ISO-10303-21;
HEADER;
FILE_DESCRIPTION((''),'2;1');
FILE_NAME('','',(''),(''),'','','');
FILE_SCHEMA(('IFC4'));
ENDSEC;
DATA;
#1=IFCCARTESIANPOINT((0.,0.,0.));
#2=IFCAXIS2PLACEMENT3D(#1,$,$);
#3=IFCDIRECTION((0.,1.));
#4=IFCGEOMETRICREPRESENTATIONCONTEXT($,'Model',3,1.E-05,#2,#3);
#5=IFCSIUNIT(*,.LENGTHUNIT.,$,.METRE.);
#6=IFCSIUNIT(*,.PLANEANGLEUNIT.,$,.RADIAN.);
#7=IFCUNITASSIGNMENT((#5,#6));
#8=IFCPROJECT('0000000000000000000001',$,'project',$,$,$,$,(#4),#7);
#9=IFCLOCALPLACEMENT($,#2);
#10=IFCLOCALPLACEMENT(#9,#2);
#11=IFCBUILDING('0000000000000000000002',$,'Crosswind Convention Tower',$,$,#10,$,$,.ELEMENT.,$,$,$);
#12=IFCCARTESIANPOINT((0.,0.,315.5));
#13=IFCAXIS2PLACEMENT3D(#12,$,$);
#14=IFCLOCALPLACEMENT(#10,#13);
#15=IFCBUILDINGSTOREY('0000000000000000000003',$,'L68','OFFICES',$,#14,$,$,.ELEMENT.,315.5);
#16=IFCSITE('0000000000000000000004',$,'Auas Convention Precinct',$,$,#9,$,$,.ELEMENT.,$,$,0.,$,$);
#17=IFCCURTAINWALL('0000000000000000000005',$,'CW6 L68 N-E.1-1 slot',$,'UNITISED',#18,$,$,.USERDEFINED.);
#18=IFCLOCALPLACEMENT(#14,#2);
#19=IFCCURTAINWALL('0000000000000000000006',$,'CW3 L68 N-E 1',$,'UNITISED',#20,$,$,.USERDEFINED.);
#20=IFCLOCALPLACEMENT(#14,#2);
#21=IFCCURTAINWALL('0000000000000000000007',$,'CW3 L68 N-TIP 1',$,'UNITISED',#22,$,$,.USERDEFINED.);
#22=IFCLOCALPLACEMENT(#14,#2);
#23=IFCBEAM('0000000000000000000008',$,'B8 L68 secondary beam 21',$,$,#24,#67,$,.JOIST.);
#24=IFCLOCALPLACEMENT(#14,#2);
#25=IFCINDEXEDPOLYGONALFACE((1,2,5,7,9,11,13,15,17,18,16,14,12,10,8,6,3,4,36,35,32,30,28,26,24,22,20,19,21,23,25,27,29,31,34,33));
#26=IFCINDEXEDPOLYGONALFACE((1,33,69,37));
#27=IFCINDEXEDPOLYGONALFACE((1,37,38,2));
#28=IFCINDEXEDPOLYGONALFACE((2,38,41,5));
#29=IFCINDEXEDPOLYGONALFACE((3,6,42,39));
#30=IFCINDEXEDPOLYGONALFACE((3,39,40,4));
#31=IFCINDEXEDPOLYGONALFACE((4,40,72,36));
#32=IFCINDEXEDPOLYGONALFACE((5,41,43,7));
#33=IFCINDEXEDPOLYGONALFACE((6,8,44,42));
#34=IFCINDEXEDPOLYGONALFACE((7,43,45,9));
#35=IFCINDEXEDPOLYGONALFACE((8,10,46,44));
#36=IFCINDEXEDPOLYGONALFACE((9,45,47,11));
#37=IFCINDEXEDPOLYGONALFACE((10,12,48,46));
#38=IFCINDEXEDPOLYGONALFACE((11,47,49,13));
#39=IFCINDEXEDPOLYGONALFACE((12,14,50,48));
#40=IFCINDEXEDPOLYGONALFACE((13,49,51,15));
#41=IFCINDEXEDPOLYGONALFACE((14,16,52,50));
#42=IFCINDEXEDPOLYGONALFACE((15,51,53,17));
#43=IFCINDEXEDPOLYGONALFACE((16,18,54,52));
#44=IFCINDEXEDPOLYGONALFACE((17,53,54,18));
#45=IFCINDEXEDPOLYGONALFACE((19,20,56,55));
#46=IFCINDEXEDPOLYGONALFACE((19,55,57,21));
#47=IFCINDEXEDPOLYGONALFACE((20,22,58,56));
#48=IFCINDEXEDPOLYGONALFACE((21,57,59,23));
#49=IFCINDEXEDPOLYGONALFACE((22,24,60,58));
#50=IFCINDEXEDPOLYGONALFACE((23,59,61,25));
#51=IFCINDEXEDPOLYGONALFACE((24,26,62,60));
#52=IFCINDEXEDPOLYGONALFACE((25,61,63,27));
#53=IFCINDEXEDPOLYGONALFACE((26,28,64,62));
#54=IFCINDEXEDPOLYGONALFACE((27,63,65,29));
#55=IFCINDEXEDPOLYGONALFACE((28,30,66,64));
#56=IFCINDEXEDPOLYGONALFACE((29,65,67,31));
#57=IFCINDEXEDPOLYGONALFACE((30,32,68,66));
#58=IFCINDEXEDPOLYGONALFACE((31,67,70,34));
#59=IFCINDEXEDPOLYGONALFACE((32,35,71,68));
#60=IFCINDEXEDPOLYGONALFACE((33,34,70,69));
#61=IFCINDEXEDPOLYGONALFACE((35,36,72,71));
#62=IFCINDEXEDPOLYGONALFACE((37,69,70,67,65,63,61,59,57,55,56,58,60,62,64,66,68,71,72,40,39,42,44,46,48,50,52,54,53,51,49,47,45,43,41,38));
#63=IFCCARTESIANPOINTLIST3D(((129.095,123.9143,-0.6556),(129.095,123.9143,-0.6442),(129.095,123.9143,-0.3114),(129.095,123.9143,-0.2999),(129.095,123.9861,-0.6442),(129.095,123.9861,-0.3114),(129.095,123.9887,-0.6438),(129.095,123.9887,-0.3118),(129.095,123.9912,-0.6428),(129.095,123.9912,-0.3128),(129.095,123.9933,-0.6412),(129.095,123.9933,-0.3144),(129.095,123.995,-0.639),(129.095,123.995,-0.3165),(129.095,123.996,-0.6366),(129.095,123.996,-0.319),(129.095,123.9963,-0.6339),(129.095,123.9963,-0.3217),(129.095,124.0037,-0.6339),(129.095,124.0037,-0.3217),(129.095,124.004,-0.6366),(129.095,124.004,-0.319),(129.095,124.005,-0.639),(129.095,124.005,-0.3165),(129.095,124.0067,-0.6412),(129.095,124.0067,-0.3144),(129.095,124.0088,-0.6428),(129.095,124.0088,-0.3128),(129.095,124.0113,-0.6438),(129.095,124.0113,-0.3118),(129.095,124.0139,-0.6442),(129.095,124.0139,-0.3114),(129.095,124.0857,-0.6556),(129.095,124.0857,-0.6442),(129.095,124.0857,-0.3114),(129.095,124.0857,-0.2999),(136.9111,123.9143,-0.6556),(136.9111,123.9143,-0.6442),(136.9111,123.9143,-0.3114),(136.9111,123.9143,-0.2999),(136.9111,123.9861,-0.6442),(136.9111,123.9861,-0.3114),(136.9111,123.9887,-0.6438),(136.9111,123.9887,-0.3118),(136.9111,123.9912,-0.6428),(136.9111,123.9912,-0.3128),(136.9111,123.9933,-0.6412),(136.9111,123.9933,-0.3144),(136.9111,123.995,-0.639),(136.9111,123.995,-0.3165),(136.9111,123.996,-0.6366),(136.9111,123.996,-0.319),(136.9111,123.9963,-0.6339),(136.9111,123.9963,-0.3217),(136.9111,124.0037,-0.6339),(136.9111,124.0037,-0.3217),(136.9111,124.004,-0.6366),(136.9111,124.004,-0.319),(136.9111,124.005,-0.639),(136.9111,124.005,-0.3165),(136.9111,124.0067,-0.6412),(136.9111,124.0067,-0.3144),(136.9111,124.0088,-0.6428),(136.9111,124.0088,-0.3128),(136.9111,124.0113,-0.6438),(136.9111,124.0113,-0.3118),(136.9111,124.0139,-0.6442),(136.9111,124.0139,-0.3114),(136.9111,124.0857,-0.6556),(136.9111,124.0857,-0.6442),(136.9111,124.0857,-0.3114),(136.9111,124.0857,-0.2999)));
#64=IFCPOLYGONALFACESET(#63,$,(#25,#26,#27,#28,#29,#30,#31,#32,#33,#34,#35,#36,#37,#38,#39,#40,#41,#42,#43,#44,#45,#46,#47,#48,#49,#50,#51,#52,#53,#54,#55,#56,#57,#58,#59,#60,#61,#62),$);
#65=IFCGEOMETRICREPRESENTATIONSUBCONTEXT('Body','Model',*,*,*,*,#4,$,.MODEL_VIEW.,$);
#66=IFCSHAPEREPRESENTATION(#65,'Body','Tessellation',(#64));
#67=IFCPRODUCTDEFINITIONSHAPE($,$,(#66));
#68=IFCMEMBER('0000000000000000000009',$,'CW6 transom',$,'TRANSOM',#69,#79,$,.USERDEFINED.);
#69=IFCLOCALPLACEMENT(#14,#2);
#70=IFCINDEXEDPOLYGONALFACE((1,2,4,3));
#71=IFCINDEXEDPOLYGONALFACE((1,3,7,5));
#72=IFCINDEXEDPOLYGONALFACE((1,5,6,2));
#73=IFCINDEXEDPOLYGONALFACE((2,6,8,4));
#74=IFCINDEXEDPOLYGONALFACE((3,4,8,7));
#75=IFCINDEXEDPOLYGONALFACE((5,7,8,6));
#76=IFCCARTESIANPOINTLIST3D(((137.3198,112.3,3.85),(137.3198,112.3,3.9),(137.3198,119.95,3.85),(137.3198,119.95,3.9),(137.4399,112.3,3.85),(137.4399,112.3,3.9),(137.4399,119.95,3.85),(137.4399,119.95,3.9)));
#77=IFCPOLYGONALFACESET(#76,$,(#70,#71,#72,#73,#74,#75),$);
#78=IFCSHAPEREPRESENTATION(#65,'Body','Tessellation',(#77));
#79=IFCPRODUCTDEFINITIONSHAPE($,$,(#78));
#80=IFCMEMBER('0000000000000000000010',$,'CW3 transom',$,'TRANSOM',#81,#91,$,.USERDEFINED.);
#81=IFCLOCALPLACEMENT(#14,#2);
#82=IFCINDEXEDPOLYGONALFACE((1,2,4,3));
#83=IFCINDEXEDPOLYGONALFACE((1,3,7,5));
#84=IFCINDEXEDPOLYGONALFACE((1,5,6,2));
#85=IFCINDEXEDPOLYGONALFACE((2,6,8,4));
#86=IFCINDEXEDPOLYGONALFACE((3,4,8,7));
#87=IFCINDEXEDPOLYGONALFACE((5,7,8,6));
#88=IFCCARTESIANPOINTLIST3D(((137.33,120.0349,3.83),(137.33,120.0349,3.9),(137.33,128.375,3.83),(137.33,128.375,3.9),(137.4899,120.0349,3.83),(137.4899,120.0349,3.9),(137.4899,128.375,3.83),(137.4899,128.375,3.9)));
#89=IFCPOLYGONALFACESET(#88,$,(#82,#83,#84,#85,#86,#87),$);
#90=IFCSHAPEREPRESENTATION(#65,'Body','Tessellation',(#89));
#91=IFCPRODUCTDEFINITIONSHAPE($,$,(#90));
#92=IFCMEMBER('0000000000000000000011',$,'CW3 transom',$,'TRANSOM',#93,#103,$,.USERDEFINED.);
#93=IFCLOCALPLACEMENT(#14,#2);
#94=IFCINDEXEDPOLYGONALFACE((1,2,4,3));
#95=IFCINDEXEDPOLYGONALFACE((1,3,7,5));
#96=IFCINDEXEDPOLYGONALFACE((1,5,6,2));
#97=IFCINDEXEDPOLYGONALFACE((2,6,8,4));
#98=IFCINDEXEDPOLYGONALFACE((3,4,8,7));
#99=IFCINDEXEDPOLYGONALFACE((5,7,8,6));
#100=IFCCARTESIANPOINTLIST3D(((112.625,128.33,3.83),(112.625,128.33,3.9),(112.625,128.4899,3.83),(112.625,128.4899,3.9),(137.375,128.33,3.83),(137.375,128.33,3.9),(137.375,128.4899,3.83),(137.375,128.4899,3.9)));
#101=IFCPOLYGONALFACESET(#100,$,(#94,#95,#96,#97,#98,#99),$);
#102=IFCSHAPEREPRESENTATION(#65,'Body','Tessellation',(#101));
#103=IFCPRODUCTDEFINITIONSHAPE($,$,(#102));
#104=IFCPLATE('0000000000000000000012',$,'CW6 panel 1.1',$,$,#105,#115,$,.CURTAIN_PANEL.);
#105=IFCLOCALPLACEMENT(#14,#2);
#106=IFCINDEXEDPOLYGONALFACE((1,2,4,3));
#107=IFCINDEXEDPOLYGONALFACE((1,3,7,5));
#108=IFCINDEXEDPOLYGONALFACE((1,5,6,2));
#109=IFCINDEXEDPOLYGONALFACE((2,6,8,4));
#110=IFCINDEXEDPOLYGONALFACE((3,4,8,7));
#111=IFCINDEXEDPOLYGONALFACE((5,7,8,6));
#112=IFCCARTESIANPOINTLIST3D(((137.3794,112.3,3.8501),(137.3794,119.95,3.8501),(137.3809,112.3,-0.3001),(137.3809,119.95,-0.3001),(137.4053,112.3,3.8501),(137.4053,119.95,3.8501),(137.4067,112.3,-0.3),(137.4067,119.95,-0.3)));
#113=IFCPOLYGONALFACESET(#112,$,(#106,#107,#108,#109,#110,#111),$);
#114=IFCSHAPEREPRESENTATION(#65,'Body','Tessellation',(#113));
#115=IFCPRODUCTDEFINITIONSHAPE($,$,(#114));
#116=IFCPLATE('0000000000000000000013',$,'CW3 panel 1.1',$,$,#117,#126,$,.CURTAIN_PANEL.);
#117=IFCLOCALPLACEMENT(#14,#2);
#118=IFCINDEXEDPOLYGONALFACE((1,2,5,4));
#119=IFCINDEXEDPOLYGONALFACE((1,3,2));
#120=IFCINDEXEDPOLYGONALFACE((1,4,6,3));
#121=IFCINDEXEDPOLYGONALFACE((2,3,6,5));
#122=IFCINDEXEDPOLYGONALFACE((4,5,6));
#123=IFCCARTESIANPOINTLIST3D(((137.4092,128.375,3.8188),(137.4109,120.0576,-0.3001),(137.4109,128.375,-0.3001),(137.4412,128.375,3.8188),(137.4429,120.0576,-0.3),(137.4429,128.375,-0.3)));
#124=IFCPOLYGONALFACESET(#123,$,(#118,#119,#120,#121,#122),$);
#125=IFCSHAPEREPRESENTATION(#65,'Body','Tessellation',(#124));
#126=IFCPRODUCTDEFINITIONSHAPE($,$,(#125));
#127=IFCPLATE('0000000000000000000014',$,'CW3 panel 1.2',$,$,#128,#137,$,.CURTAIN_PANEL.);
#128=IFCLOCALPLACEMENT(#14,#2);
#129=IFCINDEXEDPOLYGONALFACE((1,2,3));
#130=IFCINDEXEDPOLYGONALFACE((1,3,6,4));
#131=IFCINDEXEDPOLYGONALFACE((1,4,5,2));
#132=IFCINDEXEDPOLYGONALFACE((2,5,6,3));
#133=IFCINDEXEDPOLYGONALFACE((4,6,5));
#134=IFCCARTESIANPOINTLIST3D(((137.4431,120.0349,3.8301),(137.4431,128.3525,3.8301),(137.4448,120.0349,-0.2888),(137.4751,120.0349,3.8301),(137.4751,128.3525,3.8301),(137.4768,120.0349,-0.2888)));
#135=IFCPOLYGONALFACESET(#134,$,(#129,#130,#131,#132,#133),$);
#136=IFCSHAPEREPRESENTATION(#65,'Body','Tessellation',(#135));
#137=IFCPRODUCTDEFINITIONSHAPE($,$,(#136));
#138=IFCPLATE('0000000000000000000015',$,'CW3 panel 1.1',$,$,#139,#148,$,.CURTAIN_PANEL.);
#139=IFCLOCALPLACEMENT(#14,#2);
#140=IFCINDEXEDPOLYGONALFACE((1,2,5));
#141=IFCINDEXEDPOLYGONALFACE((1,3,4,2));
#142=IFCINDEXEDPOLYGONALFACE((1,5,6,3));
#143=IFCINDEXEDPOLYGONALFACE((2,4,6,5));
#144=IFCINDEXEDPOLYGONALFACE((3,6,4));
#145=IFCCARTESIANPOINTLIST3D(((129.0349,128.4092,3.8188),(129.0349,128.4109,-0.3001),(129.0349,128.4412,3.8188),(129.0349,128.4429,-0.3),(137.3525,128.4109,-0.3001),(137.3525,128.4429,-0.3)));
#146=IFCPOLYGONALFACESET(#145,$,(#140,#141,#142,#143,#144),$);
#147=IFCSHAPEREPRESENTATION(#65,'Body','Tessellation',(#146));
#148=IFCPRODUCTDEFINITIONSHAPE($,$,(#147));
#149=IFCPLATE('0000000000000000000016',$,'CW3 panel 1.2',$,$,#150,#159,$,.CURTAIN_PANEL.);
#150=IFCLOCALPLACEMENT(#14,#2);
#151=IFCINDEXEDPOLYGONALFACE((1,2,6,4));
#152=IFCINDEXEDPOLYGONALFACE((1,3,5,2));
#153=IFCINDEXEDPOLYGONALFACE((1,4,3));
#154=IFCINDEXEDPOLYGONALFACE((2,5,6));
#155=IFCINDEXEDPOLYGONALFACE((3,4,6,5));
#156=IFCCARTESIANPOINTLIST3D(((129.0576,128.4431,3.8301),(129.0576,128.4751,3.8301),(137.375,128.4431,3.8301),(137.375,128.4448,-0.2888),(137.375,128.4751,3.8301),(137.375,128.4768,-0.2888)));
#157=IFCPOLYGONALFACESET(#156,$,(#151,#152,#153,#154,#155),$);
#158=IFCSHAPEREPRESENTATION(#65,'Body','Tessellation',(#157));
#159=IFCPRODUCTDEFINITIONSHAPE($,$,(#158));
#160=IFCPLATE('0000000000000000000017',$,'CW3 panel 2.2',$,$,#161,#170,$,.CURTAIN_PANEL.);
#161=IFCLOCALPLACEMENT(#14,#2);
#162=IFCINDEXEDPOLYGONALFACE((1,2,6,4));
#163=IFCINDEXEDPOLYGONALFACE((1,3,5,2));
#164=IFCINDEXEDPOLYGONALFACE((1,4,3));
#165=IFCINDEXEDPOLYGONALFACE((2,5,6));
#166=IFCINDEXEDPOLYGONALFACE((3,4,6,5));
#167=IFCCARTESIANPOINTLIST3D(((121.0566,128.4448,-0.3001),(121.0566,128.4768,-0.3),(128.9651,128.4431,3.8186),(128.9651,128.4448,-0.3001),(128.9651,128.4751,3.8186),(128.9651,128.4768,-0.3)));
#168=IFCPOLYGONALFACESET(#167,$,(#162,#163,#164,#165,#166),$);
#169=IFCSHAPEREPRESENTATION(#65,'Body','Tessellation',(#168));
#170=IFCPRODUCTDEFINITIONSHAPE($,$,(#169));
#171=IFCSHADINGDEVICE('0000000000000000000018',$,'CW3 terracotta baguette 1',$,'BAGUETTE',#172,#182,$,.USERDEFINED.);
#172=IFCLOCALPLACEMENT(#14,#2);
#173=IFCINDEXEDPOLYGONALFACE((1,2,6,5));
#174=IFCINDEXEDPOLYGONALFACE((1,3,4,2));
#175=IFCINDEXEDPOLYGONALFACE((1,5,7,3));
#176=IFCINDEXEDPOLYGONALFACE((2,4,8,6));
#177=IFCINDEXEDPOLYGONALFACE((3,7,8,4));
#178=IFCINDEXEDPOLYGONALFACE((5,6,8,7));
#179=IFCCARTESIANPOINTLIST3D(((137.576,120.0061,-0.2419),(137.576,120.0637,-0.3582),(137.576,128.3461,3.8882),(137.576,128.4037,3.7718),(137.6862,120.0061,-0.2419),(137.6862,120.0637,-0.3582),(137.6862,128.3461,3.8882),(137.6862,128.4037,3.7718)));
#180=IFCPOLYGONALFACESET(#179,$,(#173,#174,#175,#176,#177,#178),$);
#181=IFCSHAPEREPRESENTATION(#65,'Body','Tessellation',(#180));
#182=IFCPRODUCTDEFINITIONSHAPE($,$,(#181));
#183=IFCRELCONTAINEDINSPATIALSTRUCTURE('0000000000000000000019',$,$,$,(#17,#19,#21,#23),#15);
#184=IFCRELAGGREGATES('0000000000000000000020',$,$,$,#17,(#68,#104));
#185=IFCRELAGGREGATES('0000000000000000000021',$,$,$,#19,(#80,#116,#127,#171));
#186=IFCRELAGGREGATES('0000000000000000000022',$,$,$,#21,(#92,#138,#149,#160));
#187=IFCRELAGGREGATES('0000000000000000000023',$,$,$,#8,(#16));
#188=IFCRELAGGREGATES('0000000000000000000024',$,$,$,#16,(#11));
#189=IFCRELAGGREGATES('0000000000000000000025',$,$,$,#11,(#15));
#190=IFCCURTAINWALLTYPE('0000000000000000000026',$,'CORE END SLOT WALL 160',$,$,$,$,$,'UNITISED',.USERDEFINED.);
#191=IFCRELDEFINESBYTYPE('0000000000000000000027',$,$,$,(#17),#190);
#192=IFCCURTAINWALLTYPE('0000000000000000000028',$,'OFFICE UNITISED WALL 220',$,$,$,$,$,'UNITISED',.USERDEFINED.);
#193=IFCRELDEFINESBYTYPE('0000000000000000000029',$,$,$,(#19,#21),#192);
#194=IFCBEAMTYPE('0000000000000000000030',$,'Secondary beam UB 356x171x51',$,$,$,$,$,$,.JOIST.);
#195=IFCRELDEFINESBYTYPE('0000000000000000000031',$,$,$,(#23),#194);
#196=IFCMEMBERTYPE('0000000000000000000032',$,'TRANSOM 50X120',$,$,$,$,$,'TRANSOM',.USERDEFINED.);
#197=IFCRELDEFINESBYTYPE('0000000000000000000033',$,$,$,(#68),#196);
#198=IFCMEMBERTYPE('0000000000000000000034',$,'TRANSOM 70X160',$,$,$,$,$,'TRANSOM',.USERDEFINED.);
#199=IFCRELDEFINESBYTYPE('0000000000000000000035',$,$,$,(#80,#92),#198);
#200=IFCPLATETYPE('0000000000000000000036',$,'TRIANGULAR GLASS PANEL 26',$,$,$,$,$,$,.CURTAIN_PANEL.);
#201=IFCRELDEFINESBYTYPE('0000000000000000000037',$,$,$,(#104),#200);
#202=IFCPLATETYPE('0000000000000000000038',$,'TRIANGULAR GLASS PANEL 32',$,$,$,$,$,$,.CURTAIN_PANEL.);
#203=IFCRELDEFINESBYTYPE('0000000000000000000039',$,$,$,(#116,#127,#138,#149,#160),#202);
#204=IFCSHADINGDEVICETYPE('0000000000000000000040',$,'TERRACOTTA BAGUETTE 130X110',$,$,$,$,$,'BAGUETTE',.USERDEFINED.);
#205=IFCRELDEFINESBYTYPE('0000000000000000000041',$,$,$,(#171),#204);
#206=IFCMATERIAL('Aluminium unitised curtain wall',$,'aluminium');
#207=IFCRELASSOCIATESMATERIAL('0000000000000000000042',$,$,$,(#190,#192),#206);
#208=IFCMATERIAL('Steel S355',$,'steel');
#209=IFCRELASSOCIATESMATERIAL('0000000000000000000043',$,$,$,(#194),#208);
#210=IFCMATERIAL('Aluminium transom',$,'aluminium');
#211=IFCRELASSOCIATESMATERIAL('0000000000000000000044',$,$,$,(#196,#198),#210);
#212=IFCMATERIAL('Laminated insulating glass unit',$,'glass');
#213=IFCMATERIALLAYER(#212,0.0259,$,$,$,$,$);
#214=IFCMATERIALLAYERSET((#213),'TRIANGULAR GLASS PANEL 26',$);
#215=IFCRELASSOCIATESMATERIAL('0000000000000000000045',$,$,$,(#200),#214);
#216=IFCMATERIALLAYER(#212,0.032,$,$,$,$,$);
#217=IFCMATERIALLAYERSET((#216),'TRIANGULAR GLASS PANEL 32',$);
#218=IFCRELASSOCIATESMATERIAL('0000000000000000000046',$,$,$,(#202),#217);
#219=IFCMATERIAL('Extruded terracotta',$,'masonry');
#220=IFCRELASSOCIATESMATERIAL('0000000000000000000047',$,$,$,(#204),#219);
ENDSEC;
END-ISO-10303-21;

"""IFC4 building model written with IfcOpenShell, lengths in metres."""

from ifc_helpers import new_model, si_unit, direction, frame, origin, origin_2d, place, context, subcontext, project, spatial, polyline, rectangle, i_section, outline, extrude, material, layer, layer_set, material_profile, profile_set, type_object, element, aggregate, save


model = new_model("IFC4")

# Units and contexts
model_context = context("Model", 3, precision=1e-05, world=origin(), true_north=direction((0.0, 1.0)))
body_context = subcontext(model_context, "Body", "Model", "MODEL_VIEW")
ifc_project = project(units=[si_unit("LENGTHUNIT", "METRE"), si_unit("PLANEANGLEUNIT", "RADIAN")], contexts=[model_context])

# Site, building, storey
site_placement = place(None, origin())
site = spatial("IfcSite", under=ifc_project, at=site_placement, Name="Auas Convention Precinct", CompositionType="ELEMENT", RefElevation=0.0)
building_placement = place(site_placement, origin())
building = spatial("IfcBuilding", under=site, at=building_placement, Name="Crosswind Convention Tower", CompositionType="ELEMENT")
storey_placement = place(building_placement, frame((0.0, 0.0, 315.5)))
storey = spatial("IfcBuildingStorey", under=building, at=storey_placement, Name="L68", Description="OFFICES", CompositionType="ELEMENT", Elevation=315.5)

# Shared definitions
ifc_material_1 = material(Name="Steel S355", Category="steel")

# Curtain walls
ifc_material_2 = material(Name="Aluminium unitised curtain wall", Category="aluminium")
curtain_wall_type_1 = type_object("IfcCurtainWallType", Name="CORE END SLOT WALL 160", ElementType="UNITISED", PredefinedType="USERDEFINED", material=ifc_material_2)
curtain_wall_1_placement = place(storey_placement, origin())
curtain_wall_1 = element("IfcCurtainWall", 1, at=curtain_wall_1_placement, inside=storey, type_object=curtain_wall_type_1, Name="CW6 L68 N-E.1-1 slot", ObjectType="UNITISED", PredefinedType="USERDEFINED")
curtain_wall_type_2 = type_object("IfcCurtainWallType", Name="OFFICE UNITISED WALL 220", ElementType="UNITISED", PredefinedType="USERDEFINED", material=ifc_material_2)
curtain_wall_2_placement = place(storey_placement, origin())
curtain_wall_2 = element("IfcCurtainWall", 2, at=curtain_wall_2_placement, inside=storey, type_object=curtain_wall_type_2, Name="CW3 L68 N-E 1", ObjectType="UNITISED", PredefinedType="USERDEFINED")

# Curtain wall
curtain_wall_3_placement = place(storey_placement, origin())
curtain_wall_3 = element("IfcCurtainWall", 3, at=curtain_wall_3_placement, inside=storey, type_object=curtain_wall_type_2, Name="CW3 L68 N-TIP 1", ObjectType="UNITISED", PredefinedType="USERDEFINED")

# Beam
ifc_material_profile_1 = material_profile(ifc_material_1, i_section(OverallWidth=0.1714, OverallDepth=0.3557, WebThickness=0.0073, FlangeThickness=0.0115, FilletRadius=0.0103, at=origin_2d()), Name="UB 356x171x51")
ifc_profile_set_1 = profile_set([ifc_material_profile_1], Name="Steel S355")
beam_type_1 = type_object("IfcBeamType", Name="Secondary beam UB 356x171x51", PredefinedType="JOIST", material=ifc_profile_set_1)
for number, where, z_axis, x_axis, name in (
    (4, (129.095, 124.0, -0.4778), (1.0, 0.0, 0.0), (0.0, 1.0, 0.0), "B8 L68 secondary beam 21"),
):
    element("IfcBeam", number, at=place(storey_placement, frame(where, z_axis=z_axis, x_axis=x_axis)), inside=storey, type_object=beam_type_1, Name=name, PredefinedType="JOIST", context=body_context, shape_type="SweptSolid", body=[
        extrude(i_section(OverallWidth=0.1714, OverallDepth=0.3557, WebThickness=0.0073, FlangeThickness=0.0115, FilletRadius=0.0103, at=origin_2d()), origin(), (0.0, 0.0, 1.0), 7.8162),
    ])

# Members
ifc_material_3 = material(Name="Aluminium transom", Category="aluminium")
ifc_material_profile_2 = material_profile(ifc_material_3, rectangle(XDim=0.1201, YDim=0.05, at=origin_2d()), Name="AL 120X50")
ifc_profile_set_2 = profile_set([ifc_material_profile_2], Name="Aluminium transom")
member_type_1 = type_object("IfcMemberType", Name="TRANSOM 50X120", ElementType="TRANSOM", PredefinedType="USERDEFINED", material=ifc_profile_set_2)
member_1_placement = place(storey_placement, frame((137.3799, 112.3, 3.875), z_axis=(0.0, 1.0, 0.0), x_axis=(-1.0, 0.0, 0.0)))
member_1 = element("IfcMember", 5, at=member_1_placement, type_object=member_type_1, Name="CW6 transom", ObjectType="TRANSOM", PredefinedType="USERDEFINED", context=body_context, shape_type="SweptSolid", body=[
    extrude(rectangle(XDim=0.1201, YDim=0.05, at=origin_2d()), origin(), (0.0, 0.0, 1.0), 7.6499),
])
ifc_material_profile_3 = material_profile(ifc_material_3, rectangle(XDim=0.1599, YDim=0.0701, at=origin_2d()), Name="AL 160X70")
ifc_profile_set_3 = profile_set([ifc_material_profile_3], Name="Aluminium transom")
member_type_2 = type_object("IfcMemberType", Name="TRANSOM 70X160", ElementType="TRANSOM", PredefinedType="USERDEFINED", material=ifc_profile_set_3)
member_2_placement = place(storey_placement, frame((137.4099, 120.0349, 3.865), z_axis=(0.0, 1.0, 0.0), x_axis=(-1.0, 0.0, 0.0)))
member_2 = element("IfcMember", 6, at=member_2_placement, type_object=member_type_2, Name="CW3 transom", ObjectType="TRANSOM", PredefinedType="USERDEFINED", context=body_context, shape_type="SweptSolid", body=[
    extrude(rectangle(XDim=0.1599, YDim=0.0701, at=origin_2d()), origin(), (0.0, 0.0, 1.0), 8.3401),
])
member_3_placement = place(storey_placement, frame((137.375, 128.4099, 3.865), z_axis=(-1.0, 0.0, 0.0), x_axis=(0.0, -1.0, 0.0)))
member_3 = element("IfcMember", 7, at=member_3_placement, type_object=member_type_2, Name="CW3 transom", ObjectType="TRANSOM", PredefinedType="USERDEFINED", context=body_context, shape_type="SweptSolid", body=[
    extrude(rectangle(XDim=0.1599, YDim=0.0701, at=origin_2d()), origin(), (0.0, 0.0, 1.0), 24.75),
])

# Plates
ifc_material_4 = material(Name="Laminated insulating glass unit", Category="glass")
ifc_layer_1 = layer(ifc_material_4, 0.0259)
ifc_layer_set_1 = layer_set([ifc_layer_1], Name="TRIANGULAR GLASS PANEL 26")
plate_type_1 = type_object("IfcPlateType", Name="TRIANGULAR GLASS PANEL 26", PredefinedType="CURTAIN_PANEL", material=ifc_layer_set_1)
plate_1_placement = place(storey_placement, frame((137.4067, 112.3, -0.3), z_axis=(1.0, 0.0, 0.000353), x_axis=(0.0, 1.0, 0.0)))
plate_1 = element("IfcPlate", 8, at=plate_1_placement, type_object=plate_type_1, Name="CW6 panel 1.1", PredefinedType="CURTAIN_PANEL", context=body_context, shape_type="SweptSolid", body=[
    extrude(outline(polyline([(0.0, 0.0), (7.6499, 0.0), (7.6499, 4.1501), (0.0, 4.1501), (0.0, 0.0)])), origin(), (0.0, 0.0, -1.0), 0.0259),
])
aggregate(curtain_wall_1, [member_1, plate_1])
ifc_layer_2 = layer(ifc_material_4, 0.032)
ifc_layer_set_2 = layer_set([ifc_layer_2], Name="TRIANGULAR GLASS PANEL 32")
plate_type_2 = type_object("IfcPlateType", Name="TRIANGULAR GLASS PANEL 32", PredefinedType="CURTAIN_PANEL", material=ifc_layer_set_2)
plate_2_placement = place(storey_placement, frame((137.4429, 128.375, -0.3), z_axis=(1.0, 0.0, 0.000415), x_axis=(-0.000415, 0.0, 1.0)))
plate_2 = element("IfcPlate", 9, at=plate_2_placement, type_object=plate_type_2, Name="CW3 panel 1.1", PredefinedType="CURTAIN_PANEL", context=body_context, shape_type="SweptSolid", body=[
    extrude(outline(polyline([(0.0, 0.0), (4.1189, 0.0), (0.0, 8.3174), (0.0, 0.0)])), origin(), (0.0, 0.0, -1.0), 0.032),
])
plate_3_placement = place(storey_placement, frame((137.4751, 120.0349, 3.8301), z_axis=(1.0, 0.0, 0.000415), x_axis=(0.000415, 0.0, -1.0)))
plate_3 = element("IfcPlate", 10, at=plate_3_placement, type_object=plate_type_2, Name="CW3 panel 1.2", PredefinedType="CURTAIN_PANEL", context=body_context, shape_type="SweptSolid", body=[
    extrude(outline(polyline([(0.0, 0.0), (4.1189, 0.0), (0.0, 8.3176), (0.0, 0.0)])), origin(), (0.0, 0.0, -1.0), 0.032),
])
plate_4_placement = place(storey_placement, frame((129.0349, 128.4429, -0.3), z_axis=(0.0, 1.0, 0.000415), x_axis=(0.0, -0.000415, 1.0)))
plate_4 = element("IfcPlate", 11, at=plate_4_placement, type_object=plate_type_2, Name="CW3 panel 1.1", PredefinedType="CURTAIN_PANEL", context=body_context, shape_type="SweptSolid", body=[
    extrude(outline(polyline([(0.0, 0.0), (4.1189, 0.0), (0.0, 8.3176), (0.0, 0.0)])), origin(), (0.0, 0.0, -1.0), 0.032),
])
plate_5_placement = place(storey_placement, frame((137.375, 128.4751, 3.8301), z_axis=(0.0, 1.0, 0.000415), x_axis=(0.0, 0.000415, -1.0)))
plate_5 = element("IfcPlate", 12, at=plate_5_placement, type_object=plate_type_2, Name="CW3 panel 1.2", PredefinedType="CURTAIN_PANEL", context=body_context, shape_type="SweptSolid", body=[
    extrude(outline(polyline([(0.0, 0.0), (4.1189, 0.0), (0.0, 8.3174), (0.0, 0.0)])), origin(), (0.0, 0.0, -1.0), 0.032),
])
plate_6_placement = place(storey_placement, frame((128.9651, 128.4768, -0.3), z_axis=(0.0, 1.0, 0.000415), x_axis=(-1.0, 0.0, 0.0)))
plate_6 = element("IfcPlate", 13, at=plate_6_placement, type_object=plate_type_2, Name="CW3 panel 2.2", PredefinedType="CURTAIN_PANEL", context=body_context, shape_type="SweptSolid", body=[
    extrude(outline(polyline([(0.0, 0.0), (7.9084, 0.0), (0.0, 4.1187), (0.0, 0.0)])), origin(), (0.0, 0.0, -1.0), 0.032),
])

# Shading device
ifc_material_5 = material(Name="Extruded terracotta", Category="masonry")
ifc_material_profile_4 = material_profile(ifc_material_5, rectangle(XDim=0.1101, YDim=0.1299, at=origin_2d()), Name="TC 110X130")
ifc_profile_set_4 = profile_set([ifc_material_profile_4], Name="Extruded terracotta")
shading_device_type = type_object("IfcShadingDeviceType", Name="TERRACOTTA BAGUETTE 130X110", ElementType="BAGUETTE", PredefinedType="USERDEFINED", material=ifc_profile_set_4)
shading_device_1_placement = place(storey_placement, frame((137.6311, 120.0349, -0.3), z_axis=(0.0, 0.896136, 0.443779), x_axis=(-1.0, 0.0, 0.0)))
shading_device_1 = element("IfcShadingDevice", 14, at=shading_device_1_placement, type_object=shading_device_type, Name="CW3 terracotta baguette 1", ObjectType="BAGUETTE", PredefinedType="USERDEFINED", context=body_context, shape_type="SweptSolid", body=[
    extrude(rectangle(XDim=0.1101, YDim=0.1299, at=origin_2d()), origin(), (0.0, 0.0, 1.0), 9.3066),
])
aggregate(curtain_wall_2, [member_2, plate_2, plate_3, shading_device_1])
aggregate(curtain_wall_3, [member_3, plate_4, plate_5, plate_6])

save(model, "model.ifc")
